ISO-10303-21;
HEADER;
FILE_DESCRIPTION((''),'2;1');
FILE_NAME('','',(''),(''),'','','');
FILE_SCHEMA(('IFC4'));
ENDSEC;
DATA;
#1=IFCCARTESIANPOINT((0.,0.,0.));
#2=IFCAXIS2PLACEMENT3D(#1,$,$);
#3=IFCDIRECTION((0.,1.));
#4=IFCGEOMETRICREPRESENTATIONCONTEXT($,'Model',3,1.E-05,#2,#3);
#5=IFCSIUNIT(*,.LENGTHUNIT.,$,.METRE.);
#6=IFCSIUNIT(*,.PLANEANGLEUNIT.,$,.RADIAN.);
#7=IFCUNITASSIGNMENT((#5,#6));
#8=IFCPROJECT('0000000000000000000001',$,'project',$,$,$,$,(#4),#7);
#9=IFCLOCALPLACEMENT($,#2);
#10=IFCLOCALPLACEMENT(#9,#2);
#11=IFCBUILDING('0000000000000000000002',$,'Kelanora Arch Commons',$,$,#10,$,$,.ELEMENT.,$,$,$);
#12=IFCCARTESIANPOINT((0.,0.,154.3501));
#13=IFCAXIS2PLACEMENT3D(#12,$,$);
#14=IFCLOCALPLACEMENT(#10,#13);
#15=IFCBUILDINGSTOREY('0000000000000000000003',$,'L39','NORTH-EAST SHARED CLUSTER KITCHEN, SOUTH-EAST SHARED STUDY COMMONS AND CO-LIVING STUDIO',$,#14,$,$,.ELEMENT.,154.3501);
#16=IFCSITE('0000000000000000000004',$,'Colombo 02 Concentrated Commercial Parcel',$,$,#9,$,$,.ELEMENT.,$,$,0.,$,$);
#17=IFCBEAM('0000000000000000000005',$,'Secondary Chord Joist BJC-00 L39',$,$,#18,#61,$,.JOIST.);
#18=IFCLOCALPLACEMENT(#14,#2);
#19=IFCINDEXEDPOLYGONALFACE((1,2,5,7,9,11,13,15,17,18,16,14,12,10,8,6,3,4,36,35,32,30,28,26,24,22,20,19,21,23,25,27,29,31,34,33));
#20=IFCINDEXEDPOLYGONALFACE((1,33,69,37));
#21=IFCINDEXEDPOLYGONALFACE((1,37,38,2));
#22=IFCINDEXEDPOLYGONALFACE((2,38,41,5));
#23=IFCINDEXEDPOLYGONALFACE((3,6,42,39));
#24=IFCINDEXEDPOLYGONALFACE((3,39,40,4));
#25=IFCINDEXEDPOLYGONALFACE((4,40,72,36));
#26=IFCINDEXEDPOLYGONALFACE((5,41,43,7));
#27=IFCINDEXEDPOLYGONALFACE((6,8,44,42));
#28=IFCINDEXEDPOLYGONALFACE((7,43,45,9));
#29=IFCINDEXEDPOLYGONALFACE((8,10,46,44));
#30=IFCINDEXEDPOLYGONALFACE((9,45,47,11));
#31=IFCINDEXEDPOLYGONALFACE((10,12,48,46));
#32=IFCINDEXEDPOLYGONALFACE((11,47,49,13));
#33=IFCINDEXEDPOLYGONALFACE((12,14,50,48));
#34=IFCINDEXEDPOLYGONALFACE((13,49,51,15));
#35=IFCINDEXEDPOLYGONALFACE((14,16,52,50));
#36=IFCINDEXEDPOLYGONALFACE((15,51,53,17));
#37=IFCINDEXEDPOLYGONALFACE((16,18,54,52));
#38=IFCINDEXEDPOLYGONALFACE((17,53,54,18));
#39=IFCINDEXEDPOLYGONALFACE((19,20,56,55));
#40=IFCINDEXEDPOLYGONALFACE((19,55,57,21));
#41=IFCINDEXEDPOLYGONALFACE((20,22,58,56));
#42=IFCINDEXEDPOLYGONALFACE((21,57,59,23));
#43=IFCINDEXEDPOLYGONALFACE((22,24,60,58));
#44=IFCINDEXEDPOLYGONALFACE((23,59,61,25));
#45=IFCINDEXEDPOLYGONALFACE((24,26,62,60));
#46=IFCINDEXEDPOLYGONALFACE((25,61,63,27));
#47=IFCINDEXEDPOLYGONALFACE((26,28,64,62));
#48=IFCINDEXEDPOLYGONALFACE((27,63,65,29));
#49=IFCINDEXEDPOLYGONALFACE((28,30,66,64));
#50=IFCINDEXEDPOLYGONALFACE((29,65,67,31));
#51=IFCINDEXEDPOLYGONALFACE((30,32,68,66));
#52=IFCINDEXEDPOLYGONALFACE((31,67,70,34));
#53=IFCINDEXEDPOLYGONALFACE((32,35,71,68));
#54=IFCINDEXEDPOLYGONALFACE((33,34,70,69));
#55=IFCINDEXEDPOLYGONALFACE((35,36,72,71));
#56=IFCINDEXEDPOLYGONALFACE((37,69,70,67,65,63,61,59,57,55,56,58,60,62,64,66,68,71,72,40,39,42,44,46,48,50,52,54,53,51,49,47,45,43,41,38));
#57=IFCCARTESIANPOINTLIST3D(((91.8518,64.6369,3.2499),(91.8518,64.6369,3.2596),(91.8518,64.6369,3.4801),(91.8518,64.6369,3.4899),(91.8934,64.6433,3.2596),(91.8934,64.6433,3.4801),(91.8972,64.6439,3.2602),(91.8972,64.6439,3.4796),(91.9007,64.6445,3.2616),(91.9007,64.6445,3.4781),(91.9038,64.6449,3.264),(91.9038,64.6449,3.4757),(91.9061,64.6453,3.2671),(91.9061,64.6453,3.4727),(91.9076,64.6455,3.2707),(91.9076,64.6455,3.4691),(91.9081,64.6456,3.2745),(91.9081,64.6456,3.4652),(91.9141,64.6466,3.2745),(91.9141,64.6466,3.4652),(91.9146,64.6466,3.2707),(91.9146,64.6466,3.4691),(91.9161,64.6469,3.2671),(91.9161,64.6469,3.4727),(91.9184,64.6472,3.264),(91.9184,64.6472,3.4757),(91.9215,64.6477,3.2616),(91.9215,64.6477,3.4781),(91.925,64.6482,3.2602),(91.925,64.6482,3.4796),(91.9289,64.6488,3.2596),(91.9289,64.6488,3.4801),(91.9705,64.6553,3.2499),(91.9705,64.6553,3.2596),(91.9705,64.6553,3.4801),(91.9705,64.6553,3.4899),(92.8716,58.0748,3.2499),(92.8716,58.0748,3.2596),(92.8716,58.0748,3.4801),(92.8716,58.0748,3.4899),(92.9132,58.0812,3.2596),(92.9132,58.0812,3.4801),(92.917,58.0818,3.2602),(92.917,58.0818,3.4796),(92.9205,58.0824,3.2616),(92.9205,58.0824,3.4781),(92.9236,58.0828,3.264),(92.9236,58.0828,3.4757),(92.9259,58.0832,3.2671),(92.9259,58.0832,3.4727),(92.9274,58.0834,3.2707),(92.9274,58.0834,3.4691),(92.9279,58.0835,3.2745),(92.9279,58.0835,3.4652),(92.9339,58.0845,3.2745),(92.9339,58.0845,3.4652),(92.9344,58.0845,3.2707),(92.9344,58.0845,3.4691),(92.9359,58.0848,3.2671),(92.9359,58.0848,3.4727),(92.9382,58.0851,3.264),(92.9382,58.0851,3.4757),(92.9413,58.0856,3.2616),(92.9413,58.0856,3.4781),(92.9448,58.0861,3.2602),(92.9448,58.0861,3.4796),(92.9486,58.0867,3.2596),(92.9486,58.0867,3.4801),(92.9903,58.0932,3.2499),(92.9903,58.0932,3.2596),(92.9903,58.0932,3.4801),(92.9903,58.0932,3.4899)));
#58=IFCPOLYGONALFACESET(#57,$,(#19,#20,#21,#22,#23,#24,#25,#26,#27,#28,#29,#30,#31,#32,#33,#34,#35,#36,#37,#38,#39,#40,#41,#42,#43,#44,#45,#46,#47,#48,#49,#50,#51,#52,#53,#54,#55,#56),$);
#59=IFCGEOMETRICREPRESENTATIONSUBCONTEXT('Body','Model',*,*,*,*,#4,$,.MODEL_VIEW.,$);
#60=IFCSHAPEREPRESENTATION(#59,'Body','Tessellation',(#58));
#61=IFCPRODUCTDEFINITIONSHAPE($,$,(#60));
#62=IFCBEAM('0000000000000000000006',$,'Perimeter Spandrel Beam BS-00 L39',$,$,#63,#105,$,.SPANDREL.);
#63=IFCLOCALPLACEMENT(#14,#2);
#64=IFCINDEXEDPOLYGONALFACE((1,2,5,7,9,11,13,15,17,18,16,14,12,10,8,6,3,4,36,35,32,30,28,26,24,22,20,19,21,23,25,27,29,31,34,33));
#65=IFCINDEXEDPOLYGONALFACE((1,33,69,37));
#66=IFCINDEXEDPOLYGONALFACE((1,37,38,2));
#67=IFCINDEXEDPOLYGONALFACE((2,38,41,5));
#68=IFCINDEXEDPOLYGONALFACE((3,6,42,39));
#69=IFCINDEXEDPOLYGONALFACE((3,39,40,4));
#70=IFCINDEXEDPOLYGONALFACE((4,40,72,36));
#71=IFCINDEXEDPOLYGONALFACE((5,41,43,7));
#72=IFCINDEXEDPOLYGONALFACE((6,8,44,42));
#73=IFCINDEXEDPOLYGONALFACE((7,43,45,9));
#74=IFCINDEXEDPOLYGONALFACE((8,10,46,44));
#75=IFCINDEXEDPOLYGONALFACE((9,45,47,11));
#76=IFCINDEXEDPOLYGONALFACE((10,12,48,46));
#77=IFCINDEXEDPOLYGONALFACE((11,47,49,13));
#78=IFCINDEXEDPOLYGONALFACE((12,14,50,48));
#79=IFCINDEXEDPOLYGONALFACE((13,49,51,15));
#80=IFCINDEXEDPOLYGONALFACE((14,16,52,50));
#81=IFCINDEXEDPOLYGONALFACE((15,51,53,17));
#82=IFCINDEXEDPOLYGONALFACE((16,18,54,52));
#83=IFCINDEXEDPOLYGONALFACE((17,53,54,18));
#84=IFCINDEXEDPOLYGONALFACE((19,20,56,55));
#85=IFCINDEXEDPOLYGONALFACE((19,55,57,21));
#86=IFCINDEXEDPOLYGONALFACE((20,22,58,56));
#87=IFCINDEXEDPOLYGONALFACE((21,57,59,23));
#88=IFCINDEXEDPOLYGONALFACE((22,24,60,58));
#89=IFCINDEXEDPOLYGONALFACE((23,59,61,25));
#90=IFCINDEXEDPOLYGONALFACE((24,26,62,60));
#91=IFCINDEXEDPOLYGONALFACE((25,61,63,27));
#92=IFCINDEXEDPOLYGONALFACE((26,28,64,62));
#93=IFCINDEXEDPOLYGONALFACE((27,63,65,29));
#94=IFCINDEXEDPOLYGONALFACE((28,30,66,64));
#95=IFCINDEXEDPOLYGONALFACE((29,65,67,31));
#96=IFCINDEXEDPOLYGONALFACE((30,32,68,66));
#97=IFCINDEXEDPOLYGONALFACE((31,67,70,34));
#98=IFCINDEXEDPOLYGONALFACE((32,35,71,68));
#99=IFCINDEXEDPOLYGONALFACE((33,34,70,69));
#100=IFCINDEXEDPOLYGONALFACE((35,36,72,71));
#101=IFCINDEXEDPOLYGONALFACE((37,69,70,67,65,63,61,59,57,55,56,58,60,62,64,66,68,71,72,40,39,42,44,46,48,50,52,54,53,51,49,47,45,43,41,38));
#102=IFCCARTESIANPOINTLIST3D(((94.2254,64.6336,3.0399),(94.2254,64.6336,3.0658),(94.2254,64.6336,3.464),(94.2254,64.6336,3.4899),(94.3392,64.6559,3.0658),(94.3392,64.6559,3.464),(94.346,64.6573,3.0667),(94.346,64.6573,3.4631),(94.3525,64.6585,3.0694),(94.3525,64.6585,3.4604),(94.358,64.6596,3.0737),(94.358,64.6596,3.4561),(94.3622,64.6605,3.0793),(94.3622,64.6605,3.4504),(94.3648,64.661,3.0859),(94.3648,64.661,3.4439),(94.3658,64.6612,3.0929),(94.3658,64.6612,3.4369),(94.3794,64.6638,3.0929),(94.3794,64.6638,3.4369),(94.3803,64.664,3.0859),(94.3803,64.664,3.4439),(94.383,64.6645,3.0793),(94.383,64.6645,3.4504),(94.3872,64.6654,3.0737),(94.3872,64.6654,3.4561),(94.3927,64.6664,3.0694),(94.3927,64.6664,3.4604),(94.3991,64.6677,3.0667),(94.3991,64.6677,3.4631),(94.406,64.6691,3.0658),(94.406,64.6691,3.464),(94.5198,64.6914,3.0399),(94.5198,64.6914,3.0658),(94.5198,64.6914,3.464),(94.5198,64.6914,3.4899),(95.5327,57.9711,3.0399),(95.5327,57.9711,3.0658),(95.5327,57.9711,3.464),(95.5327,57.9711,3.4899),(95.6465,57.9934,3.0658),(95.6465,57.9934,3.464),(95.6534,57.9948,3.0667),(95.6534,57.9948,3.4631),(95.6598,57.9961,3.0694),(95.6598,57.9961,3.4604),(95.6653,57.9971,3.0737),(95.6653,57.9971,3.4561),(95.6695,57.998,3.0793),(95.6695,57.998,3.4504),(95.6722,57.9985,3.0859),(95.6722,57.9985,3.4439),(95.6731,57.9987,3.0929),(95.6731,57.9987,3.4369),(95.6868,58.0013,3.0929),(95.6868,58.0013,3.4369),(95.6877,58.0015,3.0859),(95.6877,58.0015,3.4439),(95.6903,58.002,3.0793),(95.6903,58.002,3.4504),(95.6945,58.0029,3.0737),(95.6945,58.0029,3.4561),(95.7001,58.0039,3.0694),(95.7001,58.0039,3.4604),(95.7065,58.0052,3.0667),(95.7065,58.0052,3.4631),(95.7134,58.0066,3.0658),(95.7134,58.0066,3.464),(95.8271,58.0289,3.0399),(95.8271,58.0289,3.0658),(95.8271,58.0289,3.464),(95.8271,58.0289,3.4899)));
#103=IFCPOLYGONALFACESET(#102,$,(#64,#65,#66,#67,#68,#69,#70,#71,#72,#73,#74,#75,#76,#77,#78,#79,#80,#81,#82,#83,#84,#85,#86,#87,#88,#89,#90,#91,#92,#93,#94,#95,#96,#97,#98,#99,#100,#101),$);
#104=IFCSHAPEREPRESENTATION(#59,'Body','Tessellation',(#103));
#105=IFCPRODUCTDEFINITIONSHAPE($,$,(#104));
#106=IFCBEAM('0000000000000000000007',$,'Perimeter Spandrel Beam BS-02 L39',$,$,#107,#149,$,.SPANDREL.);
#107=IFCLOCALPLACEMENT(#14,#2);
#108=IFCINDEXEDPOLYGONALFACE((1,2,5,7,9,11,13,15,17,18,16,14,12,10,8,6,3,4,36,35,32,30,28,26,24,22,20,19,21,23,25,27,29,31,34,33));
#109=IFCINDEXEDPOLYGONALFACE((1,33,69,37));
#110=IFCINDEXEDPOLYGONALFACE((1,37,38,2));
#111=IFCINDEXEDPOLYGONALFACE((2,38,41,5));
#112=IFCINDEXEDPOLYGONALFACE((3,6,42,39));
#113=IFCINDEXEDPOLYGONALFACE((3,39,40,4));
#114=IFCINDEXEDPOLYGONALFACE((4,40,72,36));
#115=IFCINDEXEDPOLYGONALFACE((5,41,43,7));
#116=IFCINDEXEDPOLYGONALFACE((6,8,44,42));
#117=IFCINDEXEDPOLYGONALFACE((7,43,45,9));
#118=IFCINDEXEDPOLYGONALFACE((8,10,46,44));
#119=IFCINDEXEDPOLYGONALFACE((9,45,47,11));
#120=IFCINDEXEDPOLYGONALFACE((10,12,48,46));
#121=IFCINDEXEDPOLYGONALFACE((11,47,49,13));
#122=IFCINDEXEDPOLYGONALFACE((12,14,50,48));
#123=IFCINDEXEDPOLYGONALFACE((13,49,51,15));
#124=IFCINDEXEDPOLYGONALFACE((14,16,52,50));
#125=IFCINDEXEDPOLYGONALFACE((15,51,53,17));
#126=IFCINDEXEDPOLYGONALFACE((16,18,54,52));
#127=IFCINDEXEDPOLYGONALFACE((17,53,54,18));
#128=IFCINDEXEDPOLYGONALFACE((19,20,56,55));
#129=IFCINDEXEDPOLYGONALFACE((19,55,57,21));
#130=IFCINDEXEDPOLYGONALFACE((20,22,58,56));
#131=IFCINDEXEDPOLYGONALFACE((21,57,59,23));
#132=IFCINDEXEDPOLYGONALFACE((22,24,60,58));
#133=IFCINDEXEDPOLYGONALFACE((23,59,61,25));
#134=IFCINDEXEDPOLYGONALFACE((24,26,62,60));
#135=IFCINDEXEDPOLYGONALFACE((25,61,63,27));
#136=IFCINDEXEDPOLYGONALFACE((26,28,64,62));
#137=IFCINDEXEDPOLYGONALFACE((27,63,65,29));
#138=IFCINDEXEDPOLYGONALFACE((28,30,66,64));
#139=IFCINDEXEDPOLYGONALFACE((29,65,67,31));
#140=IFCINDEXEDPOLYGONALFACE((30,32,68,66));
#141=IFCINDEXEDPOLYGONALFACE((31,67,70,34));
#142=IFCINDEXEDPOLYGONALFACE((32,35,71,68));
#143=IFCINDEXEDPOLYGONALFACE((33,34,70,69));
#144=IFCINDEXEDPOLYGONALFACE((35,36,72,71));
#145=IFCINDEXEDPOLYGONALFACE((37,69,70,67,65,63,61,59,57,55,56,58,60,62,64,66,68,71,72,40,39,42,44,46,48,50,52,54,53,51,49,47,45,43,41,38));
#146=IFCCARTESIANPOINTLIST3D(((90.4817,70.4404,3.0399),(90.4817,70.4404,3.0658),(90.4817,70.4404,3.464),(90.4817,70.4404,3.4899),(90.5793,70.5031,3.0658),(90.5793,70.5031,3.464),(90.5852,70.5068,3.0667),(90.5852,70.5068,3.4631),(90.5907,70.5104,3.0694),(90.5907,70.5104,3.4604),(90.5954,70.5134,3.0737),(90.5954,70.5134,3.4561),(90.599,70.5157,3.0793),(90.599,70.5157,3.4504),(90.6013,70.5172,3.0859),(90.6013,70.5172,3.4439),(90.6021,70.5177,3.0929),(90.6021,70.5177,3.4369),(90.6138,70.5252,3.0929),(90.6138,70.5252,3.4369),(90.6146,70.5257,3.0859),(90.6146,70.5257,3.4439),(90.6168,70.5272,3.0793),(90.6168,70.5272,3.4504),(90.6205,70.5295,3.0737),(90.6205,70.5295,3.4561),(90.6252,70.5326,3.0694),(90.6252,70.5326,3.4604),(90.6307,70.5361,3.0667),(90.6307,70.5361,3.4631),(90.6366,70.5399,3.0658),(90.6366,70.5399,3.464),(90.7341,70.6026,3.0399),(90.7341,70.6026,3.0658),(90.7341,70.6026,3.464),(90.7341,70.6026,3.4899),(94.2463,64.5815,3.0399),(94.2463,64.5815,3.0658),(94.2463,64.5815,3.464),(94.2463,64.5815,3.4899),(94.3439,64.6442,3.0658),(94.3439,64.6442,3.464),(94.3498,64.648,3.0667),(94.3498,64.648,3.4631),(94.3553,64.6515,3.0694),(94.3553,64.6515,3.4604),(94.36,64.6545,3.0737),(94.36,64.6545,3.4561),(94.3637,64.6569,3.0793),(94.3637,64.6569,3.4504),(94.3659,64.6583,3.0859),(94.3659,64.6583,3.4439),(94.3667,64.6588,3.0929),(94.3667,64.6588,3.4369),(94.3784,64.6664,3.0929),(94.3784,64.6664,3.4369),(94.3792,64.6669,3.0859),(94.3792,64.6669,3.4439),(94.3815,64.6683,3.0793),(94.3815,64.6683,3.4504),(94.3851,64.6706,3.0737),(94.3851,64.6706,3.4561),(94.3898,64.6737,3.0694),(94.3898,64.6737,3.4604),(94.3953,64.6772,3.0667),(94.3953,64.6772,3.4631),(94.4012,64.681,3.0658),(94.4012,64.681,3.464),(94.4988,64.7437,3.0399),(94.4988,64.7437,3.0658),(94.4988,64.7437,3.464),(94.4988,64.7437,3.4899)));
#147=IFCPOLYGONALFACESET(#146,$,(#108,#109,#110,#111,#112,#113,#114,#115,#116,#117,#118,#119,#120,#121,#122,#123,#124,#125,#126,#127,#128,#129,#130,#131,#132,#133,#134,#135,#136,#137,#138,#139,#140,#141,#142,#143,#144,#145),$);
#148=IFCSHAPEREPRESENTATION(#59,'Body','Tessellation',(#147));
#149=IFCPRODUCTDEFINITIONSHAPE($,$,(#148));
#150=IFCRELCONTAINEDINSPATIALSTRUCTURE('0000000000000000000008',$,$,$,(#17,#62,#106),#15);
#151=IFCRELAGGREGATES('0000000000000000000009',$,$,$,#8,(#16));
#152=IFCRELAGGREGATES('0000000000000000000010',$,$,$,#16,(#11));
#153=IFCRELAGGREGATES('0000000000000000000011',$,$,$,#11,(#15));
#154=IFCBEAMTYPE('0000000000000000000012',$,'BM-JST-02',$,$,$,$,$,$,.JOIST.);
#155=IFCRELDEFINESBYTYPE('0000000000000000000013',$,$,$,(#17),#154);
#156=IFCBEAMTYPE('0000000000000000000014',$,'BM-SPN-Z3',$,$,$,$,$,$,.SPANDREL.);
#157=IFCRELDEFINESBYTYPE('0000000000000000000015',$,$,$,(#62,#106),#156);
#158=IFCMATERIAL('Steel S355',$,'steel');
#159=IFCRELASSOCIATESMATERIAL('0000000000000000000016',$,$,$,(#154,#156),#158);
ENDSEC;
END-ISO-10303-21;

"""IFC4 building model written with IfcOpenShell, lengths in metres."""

from ifc_helpers import new_model, si_unit, direction, frame, origin, origin_2d, place, context, subcontext, project, spatial, i_section, extrude, material, material_profile, profile_set, type_object, element, save


model = new_model("IFC4")

# Units and contexts
model_context = context("Model", 3, precision=1e-05, world=origin(), true_north=direction((0.0, 1.0)))
body_context = subcontext(model_context, "Body", "Model", "MODEL_VIEW")
ifc_project = project(units=[si_unit("LENGTHUNIT", "METRE"), si_unit("PLANEANGLEUNIT", "RADIAN")], contexts=[model_context])

# Site, building, storey
site_placement = place(None, origin())
site = spatial("IfcSite", under=ifc_project, at=site_placement, Name="Colombo 02 Concentrated Commercial Parcel", CompositionType="ELEMENT", RefElevation=0.0)
building_placement = place(site_placement, origin())
building = spatial("IfcBuilding", under=site, at=building_placement, Name="Kelanora Arch Commons", CompositionType="ELEMENT")
storey_placement = place(building_placement, frame((0.0, 0.0, 154.3501)))
storey = spatial("IfcBuildingStorey", under=building, at=storey_placement, Name="L39", Description="NORTH-EAST SHARED CLUSTER KITCHEN, SOUTH-EAST SHARED STUDY COMMONS AND CO-LIVING STUDIO", CompositionType="ELEMENT", Elevation=154.3501)

# Beams
ifc_material_1 = material(Name="Steel S355", Category="steel")
ifc_material_profile_1 = material_profile(ifc_material_1, i_section(OverallWidth=0.1201, OverallDepth=0.24, WebThickness=0.0061, FlangeThickness=0.0098, FilletRadius=0.0149, at=origin_2d()), Name="IPE240")
ifc_profile_set_1 = profile_set([ifc_material_profile_1], Name="Steel S355")
beam_type_1 = type_object("IfcBeamType", Name="BM-JST-02", PredefinedType="JOIST", material=ifc_profile_set_1)
beam_1_placement = place(storey_placement, frame((92.9309, 58.084, 3.3699), z_axis=(-0.153563, 0.988139, 0.0), x_axis=(-0.988139, -0.153563, 0.0)))
element("IfcBeam", 1, at=beam_1_placement, inside=storey, type_object=beam_type_1, Name="Secondary Chord Joist BJC-00 L39", PredefinedType="JOIST", context=body_context, shape_type="SweptSolid", body=[
    extrude(i_section(OverallWidth=0.1201, OverallDepth=0.24, WebThickness=0.0061, FlangeThickness=0.0098, FilletRadius=0.0149, at=origin_2d()), origin(), (0.0, 0.0, 1.0), 6.6409),
])
ifc_material_profile_2 = material_profile(ifc_material_1, i_section(OverallWidth=0.3, OverallDepth=0.45, WebThickness=0.0139, FlangeThickness=0.0259, FilletRadius=0.0271, at=origin_2d()), Name="HEB450")
ifc_profile_set_2 = profile_set([ifc_material_profile_2], Name="Steel S355")
beam_type_2 = type_object("IfcBeamType", Name="BM-SPN-Z3", PredefinedType="SPANDREL", material=ifc_profile_set_2)
beam_2_placement = place(storey_placement, frame((95.6799, 58.0, 3.2649), z_axis=(-0.192554, 0.981286, 0.0), x_axis=(-0.981286, -0.192554, 0.0)))
element("IfcBeam", 2, at=beam_2_placement, inside=storey, type_object=beam_type_2, Name="Perimeter Spandrel Beam BS-00 L39", PredefinedType="SPANDREL", context=body_context, shape_type="SweptSolid", body=[
    extrude(i_section(OverallWidth=0.3, OverallDepth=0.45, WebThickness=0.0139, FlangeThickness=0.0259, FilletRadius=0.0271, at=origin_2d()), origin(), (0.0, 0.0, 1.0), 6.7896),
])
beam_3_placement = place(storey_placement, frame((94.3726, 64.6626, 3.2649), z_axis=(-0.540577, 0.841295, 0.0), x_axis=(-0.841295, -0.540577, 0.0)))
element("IfcBeam", 3, at=beam_3_placement, inside=storey, type_object=beam_type_2, Name="Perimeter Spandrel Beam BS-02 L39", PredefinedType="SPANDREL", context=body_context, shape_type="SweptSolid", body=[
    extrude(i_section(OverallWidth=0.3, OverallDepth=0.45, WebThickness=0.0139, FlangeThickness=0.0259, FilletRadius=0.0271, at=origin_2d()), origin(), (0.0, 0.0, 1.0), 6.9641),
])

save(model, "model.ifc")
